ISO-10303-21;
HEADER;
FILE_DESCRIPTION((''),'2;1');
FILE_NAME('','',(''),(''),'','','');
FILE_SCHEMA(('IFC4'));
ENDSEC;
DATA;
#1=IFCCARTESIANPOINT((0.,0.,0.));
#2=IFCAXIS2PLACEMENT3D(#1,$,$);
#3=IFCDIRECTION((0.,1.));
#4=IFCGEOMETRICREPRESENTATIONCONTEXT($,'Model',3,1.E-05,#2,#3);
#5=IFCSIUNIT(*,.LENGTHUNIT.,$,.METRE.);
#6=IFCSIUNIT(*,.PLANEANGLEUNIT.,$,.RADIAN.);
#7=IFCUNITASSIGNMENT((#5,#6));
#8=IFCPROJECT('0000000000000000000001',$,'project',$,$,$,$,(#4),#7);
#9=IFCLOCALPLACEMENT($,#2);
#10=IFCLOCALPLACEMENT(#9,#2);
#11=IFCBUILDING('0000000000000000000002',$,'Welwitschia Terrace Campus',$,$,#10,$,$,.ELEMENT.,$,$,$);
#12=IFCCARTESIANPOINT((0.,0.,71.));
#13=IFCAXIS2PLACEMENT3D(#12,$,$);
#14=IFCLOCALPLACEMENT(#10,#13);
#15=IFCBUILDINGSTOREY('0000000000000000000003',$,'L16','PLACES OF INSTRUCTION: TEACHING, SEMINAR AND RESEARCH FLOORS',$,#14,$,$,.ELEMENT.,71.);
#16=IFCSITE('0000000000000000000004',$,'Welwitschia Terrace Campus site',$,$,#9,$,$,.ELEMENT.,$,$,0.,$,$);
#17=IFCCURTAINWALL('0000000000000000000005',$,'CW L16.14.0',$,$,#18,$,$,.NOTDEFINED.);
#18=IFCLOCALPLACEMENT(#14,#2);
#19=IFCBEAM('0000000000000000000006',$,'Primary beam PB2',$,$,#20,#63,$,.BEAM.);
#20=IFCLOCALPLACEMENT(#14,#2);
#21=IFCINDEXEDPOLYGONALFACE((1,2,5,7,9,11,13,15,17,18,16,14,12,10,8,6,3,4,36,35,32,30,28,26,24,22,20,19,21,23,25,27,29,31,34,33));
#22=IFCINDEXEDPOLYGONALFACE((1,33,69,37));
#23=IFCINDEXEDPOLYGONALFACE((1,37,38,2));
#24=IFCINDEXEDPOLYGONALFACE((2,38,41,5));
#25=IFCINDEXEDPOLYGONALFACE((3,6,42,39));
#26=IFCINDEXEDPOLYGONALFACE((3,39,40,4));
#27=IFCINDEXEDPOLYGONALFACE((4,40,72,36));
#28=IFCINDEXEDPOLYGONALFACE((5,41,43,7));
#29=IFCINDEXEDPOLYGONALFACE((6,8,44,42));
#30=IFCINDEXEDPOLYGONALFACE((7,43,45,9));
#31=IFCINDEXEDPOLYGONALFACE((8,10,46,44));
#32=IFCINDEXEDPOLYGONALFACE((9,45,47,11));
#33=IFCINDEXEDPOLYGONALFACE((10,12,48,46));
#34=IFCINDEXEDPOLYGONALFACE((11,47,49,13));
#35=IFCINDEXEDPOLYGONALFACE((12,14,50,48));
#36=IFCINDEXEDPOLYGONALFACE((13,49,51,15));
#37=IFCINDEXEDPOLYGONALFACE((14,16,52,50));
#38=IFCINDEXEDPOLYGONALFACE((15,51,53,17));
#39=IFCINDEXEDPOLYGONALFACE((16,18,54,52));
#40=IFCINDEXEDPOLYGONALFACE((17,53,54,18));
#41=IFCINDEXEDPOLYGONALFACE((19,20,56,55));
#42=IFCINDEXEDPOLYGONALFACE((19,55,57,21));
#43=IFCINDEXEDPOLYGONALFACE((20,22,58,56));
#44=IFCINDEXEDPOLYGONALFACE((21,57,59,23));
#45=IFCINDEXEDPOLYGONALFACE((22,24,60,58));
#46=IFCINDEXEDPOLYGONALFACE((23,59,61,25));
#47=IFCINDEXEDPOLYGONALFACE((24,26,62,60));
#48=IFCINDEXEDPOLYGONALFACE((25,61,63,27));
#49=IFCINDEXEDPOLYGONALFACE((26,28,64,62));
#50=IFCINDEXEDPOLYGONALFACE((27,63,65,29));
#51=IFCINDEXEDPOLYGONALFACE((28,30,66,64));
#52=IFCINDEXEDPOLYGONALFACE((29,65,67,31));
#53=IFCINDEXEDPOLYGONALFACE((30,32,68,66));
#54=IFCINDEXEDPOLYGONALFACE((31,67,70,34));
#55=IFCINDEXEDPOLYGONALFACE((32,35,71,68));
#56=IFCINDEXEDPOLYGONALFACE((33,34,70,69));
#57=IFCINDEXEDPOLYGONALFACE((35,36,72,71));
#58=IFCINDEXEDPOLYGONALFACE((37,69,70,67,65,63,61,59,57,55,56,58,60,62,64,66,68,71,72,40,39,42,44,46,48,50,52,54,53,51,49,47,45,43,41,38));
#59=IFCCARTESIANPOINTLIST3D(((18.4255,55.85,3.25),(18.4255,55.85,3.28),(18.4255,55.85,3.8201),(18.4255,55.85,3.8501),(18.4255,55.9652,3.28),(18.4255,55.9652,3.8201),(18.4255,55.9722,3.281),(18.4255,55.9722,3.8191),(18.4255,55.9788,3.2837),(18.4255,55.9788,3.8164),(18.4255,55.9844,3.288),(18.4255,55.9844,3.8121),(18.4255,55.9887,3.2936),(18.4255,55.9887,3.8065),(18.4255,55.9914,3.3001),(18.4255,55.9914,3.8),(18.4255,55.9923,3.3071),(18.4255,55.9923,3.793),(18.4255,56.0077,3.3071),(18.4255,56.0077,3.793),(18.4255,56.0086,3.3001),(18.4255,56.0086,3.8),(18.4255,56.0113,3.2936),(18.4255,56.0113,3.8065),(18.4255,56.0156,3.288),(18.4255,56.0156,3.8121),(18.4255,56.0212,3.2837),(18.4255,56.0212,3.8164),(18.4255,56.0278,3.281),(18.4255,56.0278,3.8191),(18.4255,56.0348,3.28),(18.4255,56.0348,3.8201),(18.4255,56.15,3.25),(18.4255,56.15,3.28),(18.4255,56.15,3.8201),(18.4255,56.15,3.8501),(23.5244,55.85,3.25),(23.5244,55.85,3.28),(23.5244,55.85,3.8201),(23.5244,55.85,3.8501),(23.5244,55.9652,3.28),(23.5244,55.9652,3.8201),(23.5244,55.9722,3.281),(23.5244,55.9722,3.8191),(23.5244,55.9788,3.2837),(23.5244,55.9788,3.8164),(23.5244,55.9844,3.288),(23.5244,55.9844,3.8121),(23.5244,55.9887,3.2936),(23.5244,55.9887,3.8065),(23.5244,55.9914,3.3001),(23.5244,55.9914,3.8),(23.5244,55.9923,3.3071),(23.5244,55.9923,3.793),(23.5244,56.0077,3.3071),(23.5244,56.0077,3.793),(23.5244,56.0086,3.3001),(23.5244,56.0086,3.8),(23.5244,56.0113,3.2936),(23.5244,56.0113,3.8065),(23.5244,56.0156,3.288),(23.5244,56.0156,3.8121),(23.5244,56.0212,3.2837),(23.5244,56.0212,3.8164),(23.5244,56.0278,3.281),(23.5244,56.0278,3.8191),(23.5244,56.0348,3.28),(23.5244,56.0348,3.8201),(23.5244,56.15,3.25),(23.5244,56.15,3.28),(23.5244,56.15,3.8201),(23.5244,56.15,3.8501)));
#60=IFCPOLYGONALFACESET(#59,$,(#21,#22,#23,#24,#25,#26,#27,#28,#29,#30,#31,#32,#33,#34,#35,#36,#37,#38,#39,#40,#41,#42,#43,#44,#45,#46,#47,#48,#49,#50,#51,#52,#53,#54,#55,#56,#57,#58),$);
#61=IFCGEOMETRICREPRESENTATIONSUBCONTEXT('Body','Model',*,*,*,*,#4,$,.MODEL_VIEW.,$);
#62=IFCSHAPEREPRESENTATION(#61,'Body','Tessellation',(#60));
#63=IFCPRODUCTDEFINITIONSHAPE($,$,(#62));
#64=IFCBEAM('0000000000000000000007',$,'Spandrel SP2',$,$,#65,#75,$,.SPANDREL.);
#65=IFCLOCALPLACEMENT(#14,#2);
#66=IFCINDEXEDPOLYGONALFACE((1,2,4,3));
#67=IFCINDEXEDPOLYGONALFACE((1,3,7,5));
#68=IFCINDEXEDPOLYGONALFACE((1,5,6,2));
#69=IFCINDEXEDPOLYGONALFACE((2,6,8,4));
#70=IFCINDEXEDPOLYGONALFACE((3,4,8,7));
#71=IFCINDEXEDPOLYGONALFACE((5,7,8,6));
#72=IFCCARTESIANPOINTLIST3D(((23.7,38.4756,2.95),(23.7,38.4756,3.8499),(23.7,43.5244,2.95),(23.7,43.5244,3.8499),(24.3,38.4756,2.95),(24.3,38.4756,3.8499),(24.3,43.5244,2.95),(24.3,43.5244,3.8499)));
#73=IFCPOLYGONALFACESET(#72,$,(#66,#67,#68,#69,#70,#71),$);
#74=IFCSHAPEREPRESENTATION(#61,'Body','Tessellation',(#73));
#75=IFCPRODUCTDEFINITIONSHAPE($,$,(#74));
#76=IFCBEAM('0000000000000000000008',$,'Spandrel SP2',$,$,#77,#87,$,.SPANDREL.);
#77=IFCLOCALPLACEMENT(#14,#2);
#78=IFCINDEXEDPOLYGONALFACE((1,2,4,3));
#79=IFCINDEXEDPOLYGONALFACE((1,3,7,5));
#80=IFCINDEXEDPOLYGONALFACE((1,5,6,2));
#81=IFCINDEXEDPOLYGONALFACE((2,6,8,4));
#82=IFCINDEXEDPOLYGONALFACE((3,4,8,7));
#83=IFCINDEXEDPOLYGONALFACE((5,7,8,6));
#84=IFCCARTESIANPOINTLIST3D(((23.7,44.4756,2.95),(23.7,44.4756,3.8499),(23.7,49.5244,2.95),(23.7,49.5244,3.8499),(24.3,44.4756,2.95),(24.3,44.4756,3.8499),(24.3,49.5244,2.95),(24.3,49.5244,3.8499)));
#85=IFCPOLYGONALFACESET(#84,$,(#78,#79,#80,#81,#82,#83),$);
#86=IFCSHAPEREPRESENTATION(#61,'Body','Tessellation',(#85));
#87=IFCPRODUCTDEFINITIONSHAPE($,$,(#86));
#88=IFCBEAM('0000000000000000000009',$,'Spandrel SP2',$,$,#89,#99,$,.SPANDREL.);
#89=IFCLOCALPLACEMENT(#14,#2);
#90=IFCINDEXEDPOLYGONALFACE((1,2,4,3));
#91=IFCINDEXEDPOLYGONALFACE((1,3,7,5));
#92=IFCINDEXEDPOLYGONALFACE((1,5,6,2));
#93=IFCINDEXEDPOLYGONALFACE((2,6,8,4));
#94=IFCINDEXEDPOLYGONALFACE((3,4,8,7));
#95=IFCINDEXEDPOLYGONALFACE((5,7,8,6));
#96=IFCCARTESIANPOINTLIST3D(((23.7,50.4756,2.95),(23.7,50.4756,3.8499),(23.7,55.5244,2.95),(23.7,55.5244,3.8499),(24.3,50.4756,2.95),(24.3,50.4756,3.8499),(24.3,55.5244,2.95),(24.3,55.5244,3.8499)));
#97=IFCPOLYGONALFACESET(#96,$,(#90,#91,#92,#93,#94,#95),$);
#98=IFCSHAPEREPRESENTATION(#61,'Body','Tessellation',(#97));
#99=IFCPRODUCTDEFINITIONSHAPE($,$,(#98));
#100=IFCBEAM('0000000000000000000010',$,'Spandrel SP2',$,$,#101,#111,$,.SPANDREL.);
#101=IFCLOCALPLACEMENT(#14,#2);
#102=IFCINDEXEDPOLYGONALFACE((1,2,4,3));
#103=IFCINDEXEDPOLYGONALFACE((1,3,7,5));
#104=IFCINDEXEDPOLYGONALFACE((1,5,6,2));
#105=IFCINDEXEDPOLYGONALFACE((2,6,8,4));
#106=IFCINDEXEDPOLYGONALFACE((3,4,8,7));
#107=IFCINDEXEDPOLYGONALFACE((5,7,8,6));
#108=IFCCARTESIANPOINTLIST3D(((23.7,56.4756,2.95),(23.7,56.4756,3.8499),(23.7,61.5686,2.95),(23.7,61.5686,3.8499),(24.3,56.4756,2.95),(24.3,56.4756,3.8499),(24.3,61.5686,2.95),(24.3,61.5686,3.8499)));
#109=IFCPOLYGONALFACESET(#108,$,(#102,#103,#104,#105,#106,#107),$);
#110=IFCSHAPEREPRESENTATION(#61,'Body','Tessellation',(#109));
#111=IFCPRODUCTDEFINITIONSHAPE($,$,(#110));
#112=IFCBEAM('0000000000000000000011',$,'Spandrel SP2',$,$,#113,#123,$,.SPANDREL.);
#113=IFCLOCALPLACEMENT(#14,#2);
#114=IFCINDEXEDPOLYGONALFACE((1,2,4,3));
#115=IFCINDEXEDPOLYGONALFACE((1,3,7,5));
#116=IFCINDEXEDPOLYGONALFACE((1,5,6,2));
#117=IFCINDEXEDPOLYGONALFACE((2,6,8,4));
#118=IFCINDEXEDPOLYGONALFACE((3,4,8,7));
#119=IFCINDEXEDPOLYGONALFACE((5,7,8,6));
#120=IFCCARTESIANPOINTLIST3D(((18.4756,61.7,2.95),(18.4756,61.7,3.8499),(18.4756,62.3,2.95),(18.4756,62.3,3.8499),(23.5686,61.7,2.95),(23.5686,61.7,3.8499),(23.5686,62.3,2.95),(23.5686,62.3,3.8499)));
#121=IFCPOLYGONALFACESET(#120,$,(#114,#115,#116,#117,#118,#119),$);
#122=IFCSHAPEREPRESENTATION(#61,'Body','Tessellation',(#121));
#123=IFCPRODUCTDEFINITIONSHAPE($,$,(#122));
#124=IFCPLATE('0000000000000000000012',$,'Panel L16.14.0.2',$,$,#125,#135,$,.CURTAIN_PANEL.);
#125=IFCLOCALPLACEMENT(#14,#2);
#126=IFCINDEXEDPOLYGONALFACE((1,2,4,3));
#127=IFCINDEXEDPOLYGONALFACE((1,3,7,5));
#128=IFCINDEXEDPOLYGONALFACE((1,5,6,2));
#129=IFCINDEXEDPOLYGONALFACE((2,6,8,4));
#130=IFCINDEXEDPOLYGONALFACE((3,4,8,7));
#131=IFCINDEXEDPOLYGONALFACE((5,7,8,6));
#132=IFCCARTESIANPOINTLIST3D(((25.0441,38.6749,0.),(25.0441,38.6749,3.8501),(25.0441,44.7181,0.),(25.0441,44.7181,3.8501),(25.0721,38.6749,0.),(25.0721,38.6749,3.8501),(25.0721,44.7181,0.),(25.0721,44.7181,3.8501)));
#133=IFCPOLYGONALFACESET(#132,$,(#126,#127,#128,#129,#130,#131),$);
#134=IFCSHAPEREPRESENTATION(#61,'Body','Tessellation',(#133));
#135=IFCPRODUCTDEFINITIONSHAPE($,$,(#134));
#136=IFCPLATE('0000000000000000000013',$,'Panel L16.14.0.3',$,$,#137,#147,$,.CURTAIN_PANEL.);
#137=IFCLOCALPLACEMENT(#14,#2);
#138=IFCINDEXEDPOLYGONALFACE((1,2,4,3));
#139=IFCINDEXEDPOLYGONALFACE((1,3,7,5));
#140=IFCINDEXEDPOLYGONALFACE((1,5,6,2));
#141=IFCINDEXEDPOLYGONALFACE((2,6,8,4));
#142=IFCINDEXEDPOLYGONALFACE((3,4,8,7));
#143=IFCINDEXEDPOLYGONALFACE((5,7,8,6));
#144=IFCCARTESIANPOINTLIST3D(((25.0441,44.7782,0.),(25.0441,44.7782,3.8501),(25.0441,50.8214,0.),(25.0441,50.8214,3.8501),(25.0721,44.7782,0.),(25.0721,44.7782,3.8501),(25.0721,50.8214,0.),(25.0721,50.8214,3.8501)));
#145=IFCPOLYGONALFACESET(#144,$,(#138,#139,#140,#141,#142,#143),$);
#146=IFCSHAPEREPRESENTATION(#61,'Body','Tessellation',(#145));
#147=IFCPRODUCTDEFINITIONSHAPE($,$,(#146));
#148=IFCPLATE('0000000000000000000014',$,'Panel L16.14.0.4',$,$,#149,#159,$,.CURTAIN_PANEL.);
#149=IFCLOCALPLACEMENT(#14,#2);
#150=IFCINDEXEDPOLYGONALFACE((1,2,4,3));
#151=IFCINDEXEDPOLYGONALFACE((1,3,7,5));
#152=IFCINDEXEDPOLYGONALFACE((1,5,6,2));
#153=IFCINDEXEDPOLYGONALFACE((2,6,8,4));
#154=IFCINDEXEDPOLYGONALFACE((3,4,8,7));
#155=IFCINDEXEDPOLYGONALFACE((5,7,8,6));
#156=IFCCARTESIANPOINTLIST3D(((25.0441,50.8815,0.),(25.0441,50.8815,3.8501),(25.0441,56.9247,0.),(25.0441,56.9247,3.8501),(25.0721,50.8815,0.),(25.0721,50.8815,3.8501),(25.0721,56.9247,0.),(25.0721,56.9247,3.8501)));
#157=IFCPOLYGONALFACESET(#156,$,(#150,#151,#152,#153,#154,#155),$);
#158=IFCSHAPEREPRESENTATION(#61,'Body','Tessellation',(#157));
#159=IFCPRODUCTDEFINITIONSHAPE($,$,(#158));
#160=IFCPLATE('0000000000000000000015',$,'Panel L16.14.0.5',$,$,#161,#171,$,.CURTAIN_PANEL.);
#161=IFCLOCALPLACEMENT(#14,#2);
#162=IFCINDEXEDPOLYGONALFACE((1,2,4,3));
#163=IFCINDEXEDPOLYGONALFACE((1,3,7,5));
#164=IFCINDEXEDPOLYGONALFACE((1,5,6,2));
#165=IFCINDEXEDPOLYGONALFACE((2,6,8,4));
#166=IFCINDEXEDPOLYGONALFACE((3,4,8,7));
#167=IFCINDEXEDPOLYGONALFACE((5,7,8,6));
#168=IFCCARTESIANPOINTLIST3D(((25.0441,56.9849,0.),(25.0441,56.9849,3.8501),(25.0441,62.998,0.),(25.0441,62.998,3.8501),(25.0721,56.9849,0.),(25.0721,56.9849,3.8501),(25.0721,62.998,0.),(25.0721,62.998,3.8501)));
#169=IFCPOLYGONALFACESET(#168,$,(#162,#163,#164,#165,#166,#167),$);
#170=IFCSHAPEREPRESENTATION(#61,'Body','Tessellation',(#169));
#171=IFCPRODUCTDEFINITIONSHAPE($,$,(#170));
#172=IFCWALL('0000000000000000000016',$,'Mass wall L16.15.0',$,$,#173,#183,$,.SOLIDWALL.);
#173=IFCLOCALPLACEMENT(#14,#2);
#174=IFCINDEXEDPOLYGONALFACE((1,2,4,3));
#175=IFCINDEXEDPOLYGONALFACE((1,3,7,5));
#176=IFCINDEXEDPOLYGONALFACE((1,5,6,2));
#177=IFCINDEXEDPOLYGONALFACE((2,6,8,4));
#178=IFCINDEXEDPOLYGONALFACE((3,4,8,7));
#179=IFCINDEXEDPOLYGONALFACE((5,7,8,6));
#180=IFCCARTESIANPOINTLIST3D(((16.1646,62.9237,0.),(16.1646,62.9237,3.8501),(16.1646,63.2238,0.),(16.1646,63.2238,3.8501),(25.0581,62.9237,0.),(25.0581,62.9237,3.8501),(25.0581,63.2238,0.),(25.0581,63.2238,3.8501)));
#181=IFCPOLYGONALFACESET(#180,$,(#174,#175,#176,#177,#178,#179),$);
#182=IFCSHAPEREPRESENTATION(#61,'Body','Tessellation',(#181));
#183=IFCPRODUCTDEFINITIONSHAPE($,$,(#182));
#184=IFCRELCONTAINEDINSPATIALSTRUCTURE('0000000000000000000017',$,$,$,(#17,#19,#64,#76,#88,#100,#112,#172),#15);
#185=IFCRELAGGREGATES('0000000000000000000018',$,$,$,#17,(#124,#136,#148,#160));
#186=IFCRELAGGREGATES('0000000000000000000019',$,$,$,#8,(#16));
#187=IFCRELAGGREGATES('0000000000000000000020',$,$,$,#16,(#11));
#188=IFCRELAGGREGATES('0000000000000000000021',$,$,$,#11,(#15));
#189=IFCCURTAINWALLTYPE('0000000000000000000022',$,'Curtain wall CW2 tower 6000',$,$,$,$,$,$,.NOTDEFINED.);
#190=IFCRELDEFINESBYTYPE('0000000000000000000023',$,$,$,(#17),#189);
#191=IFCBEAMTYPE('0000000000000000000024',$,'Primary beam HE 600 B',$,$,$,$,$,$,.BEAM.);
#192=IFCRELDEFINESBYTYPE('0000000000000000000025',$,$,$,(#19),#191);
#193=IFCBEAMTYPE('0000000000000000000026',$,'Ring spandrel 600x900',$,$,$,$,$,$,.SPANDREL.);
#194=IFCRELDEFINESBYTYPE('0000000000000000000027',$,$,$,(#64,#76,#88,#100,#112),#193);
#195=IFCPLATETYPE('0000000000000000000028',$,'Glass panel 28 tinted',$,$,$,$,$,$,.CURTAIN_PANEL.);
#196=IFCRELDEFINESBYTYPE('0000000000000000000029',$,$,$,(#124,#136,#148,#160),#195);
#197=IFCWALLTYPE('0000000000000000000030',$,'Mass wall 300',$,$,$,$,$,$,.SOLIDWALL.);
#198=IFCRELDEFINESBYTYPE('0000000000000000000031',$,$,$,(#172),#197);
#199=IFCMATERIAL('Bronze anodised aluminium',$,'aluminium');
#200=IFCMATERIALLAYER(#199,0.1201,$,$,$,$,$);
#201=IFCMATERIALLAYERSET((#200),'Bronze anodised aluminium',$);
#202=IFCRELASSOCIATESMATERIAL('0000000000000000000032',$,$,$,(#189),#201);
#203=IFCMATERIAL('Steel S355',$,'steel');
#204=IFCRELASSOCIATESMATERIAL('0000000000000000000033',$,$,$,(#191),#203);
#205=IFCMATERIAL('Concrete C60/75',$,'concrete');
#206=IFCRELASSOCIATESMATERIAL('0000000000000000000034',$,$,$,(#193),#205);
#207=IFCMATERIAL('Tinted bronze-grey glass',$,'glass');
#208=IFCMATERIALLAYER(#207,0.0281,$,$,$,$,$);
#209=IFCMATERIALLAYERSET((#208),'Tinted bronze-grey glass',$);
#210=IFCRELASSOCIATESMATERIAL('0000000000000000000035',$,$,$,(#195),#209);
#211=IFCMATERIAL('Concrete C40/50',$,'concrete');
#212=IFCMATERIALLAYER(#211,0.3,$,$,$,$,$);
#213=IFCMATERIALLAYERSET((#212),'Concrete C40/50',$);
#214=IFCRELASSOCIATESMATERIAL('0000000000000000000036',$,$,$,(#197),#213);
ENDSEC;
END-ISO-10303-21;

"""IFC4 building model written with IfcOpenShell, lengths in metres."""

from ifc_helpers import new_model, si_unit, direction, frame, frame_2d, origin, origin_2d, place, context, subcontext, project, spatial, rectangle, i_section, extrude, material, layer, layer_set, material_profile, profile_set, type_object, element, aggregate, save


model = new_model("IFC4")

# Units and contexts
model_context = context("Model", 3, precision=1e-05, world=origin(), true_north=direction((0.0, 1.0)))
body_context = subcontext(model_context, "Body", "Model", "MODEL_VIEW")
ifc_project = project(units=[si_unit("LENGTHUNIT", "METRE"), si_unit("PLANEANGLEUNIT", "RADIAN")], contexts=[model_context])

# Site, building, storey
site_placement = place(None, origin())
site = spatial("IfcSite", under=ifc_project, at=site_placement, Name="Welwitschia Terrace Campus site", CompositionType="ELEMENT", RefElevation=0.0)
building_placement = place(site_placement, origin())
building = spatial("IfcBuilding", under=site, at=building_placement, Name="Welwitschia Terrace Campus", CompositionType="ELEMENT")
storey_placement = place(building_placement, frame((0.0, 0.0, 71.0)))
storey = spatial("IfcBuildingStorey", under=building, at=storey_placement, Name="L16", Description="PLACES OF INSTRUCTION: TEACHING, SEMINAR AND RESEARCH FLOORS", CompositionType="ELEMENT", Elevation=71.0)

# Curtain wall
ifc_material_1 = material(Name="Bronze anodised aluminium", Category="aluminium")
ifc_layer_1 = layer(ifc_material_1, 0.1201)
ifc_layer_set_1 = layer_set([ifc_layer_1], Name="Bronze anodised aluminium")
curtain_wall_type = type_object("IfcCurtainWallType", Name="Curtain wall CW2 tower 6000", PredefinedType="NOTDEFINED", material=ifc_layer_set_1)
curtain_wall_placement = place(storey_placement, origin())
curtain_wall = element("IfcCurtainWall", 1, at=curtain_wall_placement, inside=storey, type_object=curtain_wall_type, Name="CW L16.14.0", PredefinedType="NOTDEFINED")

# Beams
ifc_material_2 = material(Name="Steel S355", Category="steel")
ifc_material_profile_1 = material_profile(ifc_material_2, i_section(OverallWidth=0.3, OverallDepth=0.6001, WebThickness=0.0154, FlangeThickness=0.03, FilletRadius=0.0271, at=origin_2d()))
ifc_profile_set_1 = profile_set([ifc_material_profile_1], Name="Steel S355")
beam_type_1 = type_object("IfcBeamType", Name="Primary beam HE 600 B", PredefinedType="BEAM", material=ifc_profile_set_1)
for number, where, z_axis, x_axis, name in (
    (2, (23.5244, 56.0, 3.55), (-1.0, 0.0, 0.0), (0.0, -1.0, 0.0), "Primary beam PB2"),
):
    element("IfcBeam", number, at=place(storey_placement, frame(where, z_axis=z_axis, x_axis=x_axis)), inside=storey, type_object=beam_type_1, Name=name, PredefinedType="BEAM", context=body_context, shape_type="SweptSolid", body=[
        extrude(i_section(OverallWidth=0.3, OverallDepth=0.6001, WebThickness=0.0154, FlangeThickness=0.03, FilletRadius=0.0271, at=origin_2d()), origin(), (0.0, 0.0, 1.0), 5.0989),
    ])
ifc_material_3 = material(Name="Concrete C60/75", Category="concrete")
ifc_material_profile_2 = material_profile(ifc_material_3, rectangle(XDim=0.6001, YDim=0.8999, at=origin_2d()))
ifc_profile_set_2 = profile_set([ifc_material_profile_2], Name="Concrete C60/75")
beam_type_2 = type_object("IfcBeamType", Name="Ring spandrel 600x900", PredefinedType="SPANDREL", material=ifc_profile_set_2)
for number, where, z_axis, x_axis, name in (
    (3, (24.0, 38.4756, 3.3999), (0.0, 1.0, 0.0), (-1.0, 0.0, 0.0), "Spandrel SP2"),
    (4, (24.0, 44.4756, 3.3999), (0.0, 1.0, 0.0), (-1.0, 0.0, 0.0), "Spandrel SP2"),
    (5, (24.0, 50.4756, 3.3999), (0.0, 1.0, 0.0), (-1.0, 0.0, 0.0), "Spandrel SP2"),
):
    element("IfcBeam", number, at=place(storey_placement, frame(where, z_axis=z_axis, x_axis=x_axis)), inside=storey, type_object=beam_type_2, Name=name, PredefinedType="SPANDREL", context=body_context, shape_type="SweptSolid", body=[
        extrude(rectangle(XDim=0.6001, YDim=0.8999, at=origin_2d()), origin(), (0.0, 0.0, 1.0), 5.0488),
    ])
for number, where, z_axis, x_axis, name in (
    (6, (24.0, 56.4756, 3.3999), (0.0, 1.0, 0.0), (-1.0, 0.0, 0.0), "Spandrel SP2"),
    (7, (23.5686, 62.0, 3.3999), (-1.0, 0.0, 0.0), (0.0, -1.0, 0.0), "Spandrel SP2"),
):
    element("IfcBeam", number, at=place(storey_placement, frame(where, z_axis=z_axis, x_axis=x_axis)), inside=storey, type_object=beam_type_2, Name=name, PredefinedType="SPANDREL", context=body_context, shape_type="SweptSolid", body=[
        extrude(rectangle(XDim=0.6001, YDim=0.8999, at=origin_2d()), origin(), (0.0, 0.0, 1.0), 5.093),
    ])

# Plates
ifc_material_4 = material(Name="Tinted bronze-grey glass", Category="glass")
ifc_layer_2 = layer(ifc_material_4, 0.0281)
ifc_layer_set_2 = layer_set([ifc_layer_2], Name="Tinted bronze-grey glass")
plate_type = type_object("IfcPlateType", Name="Glass panel 28 tinted", PredefinedType="CURTAIN_PANEL", material=ifc_layer_set_2)
plate_1_placement = place(storey_placement, frame((25.0581, 41.6965, 0.0), z_axis=(0.0, 0.0, 1.0), x_axis=(0.0, 1.0, 0.0)))
plate_1 = element("IfcPlate", 8, at=plate_1_placement, type_object=plate_type, Name="Panel L16.14.0.2", PredefinedType="CURTAIN_PANEL", context=body_context, shape_type="SweptSolid", body=[
    extrude(rectangle(XDim=6.0432, YDim=0.0281, at=origin_2d()), origin(), (0.0, 0.0, 1.0), 3.8501),
])
plate_2_placement = place(storey_placement, frame((25.0581, 47.7998, 0.0), z_axis=(0.0, 0.0, 1.0), x_axis=(0.0, 1.0, 0.0)))
plate_2 = element("IfcPlate", 9, at=plate_2_placement, type_object=plate_type, Name="Panel L16.14.0.3", PredefinedType="CURTAIN_PANEL", context=body_context, shape_type="SweptSolid", body=[
    extrude(rectangle(XDim=6.0432, YDim=0.0281, at=origin_2d()), origin(), (0.0, 0.0, 1.0), 3.8501),
])
plate_3_placement = place(storey_placement, frame((25.0581, 53.9031, 0.0), z_axis=(0.0, 0.0, 1.0), x_axis=(0.0, 1.0, 0.0)))
plate_3 = element("IfcPlate", 10, at=plate_3_placement, type_object=plate_type, Name="Panel L16.14.0.4", PredefinedType="CURTAIN_PANEL", context=body_context, shape_type="SweptSolid", body=[
    extrude(rectangle(XDim=6.0432, YDim=0.0281, at=origin_2d()), origin(), (0.0, 0.0, 1.0), 3.8501),
])
plate_4_placement = place(storey_placement, frame((25.0581, 59.9915, 0.0), z_axis=(0.0, 0.0, 1.0), x_axis=(0.0, 1.0, 0.0)))
plate_4 = element("IfcPlate", 11, at=plate_4_placement, type_object=plate_type, Name="Panel L16.14.0.5", PredefinedType="CURTAIN_PANEL", context=body_context, shape_type="SweptSolid", body=[
    extrude(rectangle(XDim=6.0132, YDim=0.0281, at=origin_2d()), origin(), (0.0, 0.0, 1.0), 3.8501),
])
aggregate(curtain_wall, [plate_1, plate_2, plate_3, plate_4])

# Wall
ifc_material_5 = material(Name="Concrete C40/50", Category="concrete")
ifc_layer_3 = layer(ifc_material_5, 0.3)
ifc_layer_set_3 = layer_set([ifc_layer_3], Name="Concrete C40/50")
wall_type = type_object("IfcWallType", Name="Mass wall 300", PredefinedType="SOLIDWALL", material=ifc_layer_set_3)
wall_placement = place(storey_placement, frame((25.0581, 63.0737, 0.0), z_axis=(0.0, 0.0, 1.0), x_axis=(-1.0, 0.0, 0.0)))
element("IfcWall", 12, at=wall_placement, inside=storey, type_object=wall_type, Name="Mass wall L16.15.0", PredefinedType="SOLIDWALL", context=body_context, shape_type="SweptSolid", body=[
    extrude(rectangle(XDim=8.8936, YDim=0.3, at=frame_2d((4.4468, 0.0))), origin(), (0.0, 0.0, 1.0), 3.8501),
])

save(model, "model.ifc")
